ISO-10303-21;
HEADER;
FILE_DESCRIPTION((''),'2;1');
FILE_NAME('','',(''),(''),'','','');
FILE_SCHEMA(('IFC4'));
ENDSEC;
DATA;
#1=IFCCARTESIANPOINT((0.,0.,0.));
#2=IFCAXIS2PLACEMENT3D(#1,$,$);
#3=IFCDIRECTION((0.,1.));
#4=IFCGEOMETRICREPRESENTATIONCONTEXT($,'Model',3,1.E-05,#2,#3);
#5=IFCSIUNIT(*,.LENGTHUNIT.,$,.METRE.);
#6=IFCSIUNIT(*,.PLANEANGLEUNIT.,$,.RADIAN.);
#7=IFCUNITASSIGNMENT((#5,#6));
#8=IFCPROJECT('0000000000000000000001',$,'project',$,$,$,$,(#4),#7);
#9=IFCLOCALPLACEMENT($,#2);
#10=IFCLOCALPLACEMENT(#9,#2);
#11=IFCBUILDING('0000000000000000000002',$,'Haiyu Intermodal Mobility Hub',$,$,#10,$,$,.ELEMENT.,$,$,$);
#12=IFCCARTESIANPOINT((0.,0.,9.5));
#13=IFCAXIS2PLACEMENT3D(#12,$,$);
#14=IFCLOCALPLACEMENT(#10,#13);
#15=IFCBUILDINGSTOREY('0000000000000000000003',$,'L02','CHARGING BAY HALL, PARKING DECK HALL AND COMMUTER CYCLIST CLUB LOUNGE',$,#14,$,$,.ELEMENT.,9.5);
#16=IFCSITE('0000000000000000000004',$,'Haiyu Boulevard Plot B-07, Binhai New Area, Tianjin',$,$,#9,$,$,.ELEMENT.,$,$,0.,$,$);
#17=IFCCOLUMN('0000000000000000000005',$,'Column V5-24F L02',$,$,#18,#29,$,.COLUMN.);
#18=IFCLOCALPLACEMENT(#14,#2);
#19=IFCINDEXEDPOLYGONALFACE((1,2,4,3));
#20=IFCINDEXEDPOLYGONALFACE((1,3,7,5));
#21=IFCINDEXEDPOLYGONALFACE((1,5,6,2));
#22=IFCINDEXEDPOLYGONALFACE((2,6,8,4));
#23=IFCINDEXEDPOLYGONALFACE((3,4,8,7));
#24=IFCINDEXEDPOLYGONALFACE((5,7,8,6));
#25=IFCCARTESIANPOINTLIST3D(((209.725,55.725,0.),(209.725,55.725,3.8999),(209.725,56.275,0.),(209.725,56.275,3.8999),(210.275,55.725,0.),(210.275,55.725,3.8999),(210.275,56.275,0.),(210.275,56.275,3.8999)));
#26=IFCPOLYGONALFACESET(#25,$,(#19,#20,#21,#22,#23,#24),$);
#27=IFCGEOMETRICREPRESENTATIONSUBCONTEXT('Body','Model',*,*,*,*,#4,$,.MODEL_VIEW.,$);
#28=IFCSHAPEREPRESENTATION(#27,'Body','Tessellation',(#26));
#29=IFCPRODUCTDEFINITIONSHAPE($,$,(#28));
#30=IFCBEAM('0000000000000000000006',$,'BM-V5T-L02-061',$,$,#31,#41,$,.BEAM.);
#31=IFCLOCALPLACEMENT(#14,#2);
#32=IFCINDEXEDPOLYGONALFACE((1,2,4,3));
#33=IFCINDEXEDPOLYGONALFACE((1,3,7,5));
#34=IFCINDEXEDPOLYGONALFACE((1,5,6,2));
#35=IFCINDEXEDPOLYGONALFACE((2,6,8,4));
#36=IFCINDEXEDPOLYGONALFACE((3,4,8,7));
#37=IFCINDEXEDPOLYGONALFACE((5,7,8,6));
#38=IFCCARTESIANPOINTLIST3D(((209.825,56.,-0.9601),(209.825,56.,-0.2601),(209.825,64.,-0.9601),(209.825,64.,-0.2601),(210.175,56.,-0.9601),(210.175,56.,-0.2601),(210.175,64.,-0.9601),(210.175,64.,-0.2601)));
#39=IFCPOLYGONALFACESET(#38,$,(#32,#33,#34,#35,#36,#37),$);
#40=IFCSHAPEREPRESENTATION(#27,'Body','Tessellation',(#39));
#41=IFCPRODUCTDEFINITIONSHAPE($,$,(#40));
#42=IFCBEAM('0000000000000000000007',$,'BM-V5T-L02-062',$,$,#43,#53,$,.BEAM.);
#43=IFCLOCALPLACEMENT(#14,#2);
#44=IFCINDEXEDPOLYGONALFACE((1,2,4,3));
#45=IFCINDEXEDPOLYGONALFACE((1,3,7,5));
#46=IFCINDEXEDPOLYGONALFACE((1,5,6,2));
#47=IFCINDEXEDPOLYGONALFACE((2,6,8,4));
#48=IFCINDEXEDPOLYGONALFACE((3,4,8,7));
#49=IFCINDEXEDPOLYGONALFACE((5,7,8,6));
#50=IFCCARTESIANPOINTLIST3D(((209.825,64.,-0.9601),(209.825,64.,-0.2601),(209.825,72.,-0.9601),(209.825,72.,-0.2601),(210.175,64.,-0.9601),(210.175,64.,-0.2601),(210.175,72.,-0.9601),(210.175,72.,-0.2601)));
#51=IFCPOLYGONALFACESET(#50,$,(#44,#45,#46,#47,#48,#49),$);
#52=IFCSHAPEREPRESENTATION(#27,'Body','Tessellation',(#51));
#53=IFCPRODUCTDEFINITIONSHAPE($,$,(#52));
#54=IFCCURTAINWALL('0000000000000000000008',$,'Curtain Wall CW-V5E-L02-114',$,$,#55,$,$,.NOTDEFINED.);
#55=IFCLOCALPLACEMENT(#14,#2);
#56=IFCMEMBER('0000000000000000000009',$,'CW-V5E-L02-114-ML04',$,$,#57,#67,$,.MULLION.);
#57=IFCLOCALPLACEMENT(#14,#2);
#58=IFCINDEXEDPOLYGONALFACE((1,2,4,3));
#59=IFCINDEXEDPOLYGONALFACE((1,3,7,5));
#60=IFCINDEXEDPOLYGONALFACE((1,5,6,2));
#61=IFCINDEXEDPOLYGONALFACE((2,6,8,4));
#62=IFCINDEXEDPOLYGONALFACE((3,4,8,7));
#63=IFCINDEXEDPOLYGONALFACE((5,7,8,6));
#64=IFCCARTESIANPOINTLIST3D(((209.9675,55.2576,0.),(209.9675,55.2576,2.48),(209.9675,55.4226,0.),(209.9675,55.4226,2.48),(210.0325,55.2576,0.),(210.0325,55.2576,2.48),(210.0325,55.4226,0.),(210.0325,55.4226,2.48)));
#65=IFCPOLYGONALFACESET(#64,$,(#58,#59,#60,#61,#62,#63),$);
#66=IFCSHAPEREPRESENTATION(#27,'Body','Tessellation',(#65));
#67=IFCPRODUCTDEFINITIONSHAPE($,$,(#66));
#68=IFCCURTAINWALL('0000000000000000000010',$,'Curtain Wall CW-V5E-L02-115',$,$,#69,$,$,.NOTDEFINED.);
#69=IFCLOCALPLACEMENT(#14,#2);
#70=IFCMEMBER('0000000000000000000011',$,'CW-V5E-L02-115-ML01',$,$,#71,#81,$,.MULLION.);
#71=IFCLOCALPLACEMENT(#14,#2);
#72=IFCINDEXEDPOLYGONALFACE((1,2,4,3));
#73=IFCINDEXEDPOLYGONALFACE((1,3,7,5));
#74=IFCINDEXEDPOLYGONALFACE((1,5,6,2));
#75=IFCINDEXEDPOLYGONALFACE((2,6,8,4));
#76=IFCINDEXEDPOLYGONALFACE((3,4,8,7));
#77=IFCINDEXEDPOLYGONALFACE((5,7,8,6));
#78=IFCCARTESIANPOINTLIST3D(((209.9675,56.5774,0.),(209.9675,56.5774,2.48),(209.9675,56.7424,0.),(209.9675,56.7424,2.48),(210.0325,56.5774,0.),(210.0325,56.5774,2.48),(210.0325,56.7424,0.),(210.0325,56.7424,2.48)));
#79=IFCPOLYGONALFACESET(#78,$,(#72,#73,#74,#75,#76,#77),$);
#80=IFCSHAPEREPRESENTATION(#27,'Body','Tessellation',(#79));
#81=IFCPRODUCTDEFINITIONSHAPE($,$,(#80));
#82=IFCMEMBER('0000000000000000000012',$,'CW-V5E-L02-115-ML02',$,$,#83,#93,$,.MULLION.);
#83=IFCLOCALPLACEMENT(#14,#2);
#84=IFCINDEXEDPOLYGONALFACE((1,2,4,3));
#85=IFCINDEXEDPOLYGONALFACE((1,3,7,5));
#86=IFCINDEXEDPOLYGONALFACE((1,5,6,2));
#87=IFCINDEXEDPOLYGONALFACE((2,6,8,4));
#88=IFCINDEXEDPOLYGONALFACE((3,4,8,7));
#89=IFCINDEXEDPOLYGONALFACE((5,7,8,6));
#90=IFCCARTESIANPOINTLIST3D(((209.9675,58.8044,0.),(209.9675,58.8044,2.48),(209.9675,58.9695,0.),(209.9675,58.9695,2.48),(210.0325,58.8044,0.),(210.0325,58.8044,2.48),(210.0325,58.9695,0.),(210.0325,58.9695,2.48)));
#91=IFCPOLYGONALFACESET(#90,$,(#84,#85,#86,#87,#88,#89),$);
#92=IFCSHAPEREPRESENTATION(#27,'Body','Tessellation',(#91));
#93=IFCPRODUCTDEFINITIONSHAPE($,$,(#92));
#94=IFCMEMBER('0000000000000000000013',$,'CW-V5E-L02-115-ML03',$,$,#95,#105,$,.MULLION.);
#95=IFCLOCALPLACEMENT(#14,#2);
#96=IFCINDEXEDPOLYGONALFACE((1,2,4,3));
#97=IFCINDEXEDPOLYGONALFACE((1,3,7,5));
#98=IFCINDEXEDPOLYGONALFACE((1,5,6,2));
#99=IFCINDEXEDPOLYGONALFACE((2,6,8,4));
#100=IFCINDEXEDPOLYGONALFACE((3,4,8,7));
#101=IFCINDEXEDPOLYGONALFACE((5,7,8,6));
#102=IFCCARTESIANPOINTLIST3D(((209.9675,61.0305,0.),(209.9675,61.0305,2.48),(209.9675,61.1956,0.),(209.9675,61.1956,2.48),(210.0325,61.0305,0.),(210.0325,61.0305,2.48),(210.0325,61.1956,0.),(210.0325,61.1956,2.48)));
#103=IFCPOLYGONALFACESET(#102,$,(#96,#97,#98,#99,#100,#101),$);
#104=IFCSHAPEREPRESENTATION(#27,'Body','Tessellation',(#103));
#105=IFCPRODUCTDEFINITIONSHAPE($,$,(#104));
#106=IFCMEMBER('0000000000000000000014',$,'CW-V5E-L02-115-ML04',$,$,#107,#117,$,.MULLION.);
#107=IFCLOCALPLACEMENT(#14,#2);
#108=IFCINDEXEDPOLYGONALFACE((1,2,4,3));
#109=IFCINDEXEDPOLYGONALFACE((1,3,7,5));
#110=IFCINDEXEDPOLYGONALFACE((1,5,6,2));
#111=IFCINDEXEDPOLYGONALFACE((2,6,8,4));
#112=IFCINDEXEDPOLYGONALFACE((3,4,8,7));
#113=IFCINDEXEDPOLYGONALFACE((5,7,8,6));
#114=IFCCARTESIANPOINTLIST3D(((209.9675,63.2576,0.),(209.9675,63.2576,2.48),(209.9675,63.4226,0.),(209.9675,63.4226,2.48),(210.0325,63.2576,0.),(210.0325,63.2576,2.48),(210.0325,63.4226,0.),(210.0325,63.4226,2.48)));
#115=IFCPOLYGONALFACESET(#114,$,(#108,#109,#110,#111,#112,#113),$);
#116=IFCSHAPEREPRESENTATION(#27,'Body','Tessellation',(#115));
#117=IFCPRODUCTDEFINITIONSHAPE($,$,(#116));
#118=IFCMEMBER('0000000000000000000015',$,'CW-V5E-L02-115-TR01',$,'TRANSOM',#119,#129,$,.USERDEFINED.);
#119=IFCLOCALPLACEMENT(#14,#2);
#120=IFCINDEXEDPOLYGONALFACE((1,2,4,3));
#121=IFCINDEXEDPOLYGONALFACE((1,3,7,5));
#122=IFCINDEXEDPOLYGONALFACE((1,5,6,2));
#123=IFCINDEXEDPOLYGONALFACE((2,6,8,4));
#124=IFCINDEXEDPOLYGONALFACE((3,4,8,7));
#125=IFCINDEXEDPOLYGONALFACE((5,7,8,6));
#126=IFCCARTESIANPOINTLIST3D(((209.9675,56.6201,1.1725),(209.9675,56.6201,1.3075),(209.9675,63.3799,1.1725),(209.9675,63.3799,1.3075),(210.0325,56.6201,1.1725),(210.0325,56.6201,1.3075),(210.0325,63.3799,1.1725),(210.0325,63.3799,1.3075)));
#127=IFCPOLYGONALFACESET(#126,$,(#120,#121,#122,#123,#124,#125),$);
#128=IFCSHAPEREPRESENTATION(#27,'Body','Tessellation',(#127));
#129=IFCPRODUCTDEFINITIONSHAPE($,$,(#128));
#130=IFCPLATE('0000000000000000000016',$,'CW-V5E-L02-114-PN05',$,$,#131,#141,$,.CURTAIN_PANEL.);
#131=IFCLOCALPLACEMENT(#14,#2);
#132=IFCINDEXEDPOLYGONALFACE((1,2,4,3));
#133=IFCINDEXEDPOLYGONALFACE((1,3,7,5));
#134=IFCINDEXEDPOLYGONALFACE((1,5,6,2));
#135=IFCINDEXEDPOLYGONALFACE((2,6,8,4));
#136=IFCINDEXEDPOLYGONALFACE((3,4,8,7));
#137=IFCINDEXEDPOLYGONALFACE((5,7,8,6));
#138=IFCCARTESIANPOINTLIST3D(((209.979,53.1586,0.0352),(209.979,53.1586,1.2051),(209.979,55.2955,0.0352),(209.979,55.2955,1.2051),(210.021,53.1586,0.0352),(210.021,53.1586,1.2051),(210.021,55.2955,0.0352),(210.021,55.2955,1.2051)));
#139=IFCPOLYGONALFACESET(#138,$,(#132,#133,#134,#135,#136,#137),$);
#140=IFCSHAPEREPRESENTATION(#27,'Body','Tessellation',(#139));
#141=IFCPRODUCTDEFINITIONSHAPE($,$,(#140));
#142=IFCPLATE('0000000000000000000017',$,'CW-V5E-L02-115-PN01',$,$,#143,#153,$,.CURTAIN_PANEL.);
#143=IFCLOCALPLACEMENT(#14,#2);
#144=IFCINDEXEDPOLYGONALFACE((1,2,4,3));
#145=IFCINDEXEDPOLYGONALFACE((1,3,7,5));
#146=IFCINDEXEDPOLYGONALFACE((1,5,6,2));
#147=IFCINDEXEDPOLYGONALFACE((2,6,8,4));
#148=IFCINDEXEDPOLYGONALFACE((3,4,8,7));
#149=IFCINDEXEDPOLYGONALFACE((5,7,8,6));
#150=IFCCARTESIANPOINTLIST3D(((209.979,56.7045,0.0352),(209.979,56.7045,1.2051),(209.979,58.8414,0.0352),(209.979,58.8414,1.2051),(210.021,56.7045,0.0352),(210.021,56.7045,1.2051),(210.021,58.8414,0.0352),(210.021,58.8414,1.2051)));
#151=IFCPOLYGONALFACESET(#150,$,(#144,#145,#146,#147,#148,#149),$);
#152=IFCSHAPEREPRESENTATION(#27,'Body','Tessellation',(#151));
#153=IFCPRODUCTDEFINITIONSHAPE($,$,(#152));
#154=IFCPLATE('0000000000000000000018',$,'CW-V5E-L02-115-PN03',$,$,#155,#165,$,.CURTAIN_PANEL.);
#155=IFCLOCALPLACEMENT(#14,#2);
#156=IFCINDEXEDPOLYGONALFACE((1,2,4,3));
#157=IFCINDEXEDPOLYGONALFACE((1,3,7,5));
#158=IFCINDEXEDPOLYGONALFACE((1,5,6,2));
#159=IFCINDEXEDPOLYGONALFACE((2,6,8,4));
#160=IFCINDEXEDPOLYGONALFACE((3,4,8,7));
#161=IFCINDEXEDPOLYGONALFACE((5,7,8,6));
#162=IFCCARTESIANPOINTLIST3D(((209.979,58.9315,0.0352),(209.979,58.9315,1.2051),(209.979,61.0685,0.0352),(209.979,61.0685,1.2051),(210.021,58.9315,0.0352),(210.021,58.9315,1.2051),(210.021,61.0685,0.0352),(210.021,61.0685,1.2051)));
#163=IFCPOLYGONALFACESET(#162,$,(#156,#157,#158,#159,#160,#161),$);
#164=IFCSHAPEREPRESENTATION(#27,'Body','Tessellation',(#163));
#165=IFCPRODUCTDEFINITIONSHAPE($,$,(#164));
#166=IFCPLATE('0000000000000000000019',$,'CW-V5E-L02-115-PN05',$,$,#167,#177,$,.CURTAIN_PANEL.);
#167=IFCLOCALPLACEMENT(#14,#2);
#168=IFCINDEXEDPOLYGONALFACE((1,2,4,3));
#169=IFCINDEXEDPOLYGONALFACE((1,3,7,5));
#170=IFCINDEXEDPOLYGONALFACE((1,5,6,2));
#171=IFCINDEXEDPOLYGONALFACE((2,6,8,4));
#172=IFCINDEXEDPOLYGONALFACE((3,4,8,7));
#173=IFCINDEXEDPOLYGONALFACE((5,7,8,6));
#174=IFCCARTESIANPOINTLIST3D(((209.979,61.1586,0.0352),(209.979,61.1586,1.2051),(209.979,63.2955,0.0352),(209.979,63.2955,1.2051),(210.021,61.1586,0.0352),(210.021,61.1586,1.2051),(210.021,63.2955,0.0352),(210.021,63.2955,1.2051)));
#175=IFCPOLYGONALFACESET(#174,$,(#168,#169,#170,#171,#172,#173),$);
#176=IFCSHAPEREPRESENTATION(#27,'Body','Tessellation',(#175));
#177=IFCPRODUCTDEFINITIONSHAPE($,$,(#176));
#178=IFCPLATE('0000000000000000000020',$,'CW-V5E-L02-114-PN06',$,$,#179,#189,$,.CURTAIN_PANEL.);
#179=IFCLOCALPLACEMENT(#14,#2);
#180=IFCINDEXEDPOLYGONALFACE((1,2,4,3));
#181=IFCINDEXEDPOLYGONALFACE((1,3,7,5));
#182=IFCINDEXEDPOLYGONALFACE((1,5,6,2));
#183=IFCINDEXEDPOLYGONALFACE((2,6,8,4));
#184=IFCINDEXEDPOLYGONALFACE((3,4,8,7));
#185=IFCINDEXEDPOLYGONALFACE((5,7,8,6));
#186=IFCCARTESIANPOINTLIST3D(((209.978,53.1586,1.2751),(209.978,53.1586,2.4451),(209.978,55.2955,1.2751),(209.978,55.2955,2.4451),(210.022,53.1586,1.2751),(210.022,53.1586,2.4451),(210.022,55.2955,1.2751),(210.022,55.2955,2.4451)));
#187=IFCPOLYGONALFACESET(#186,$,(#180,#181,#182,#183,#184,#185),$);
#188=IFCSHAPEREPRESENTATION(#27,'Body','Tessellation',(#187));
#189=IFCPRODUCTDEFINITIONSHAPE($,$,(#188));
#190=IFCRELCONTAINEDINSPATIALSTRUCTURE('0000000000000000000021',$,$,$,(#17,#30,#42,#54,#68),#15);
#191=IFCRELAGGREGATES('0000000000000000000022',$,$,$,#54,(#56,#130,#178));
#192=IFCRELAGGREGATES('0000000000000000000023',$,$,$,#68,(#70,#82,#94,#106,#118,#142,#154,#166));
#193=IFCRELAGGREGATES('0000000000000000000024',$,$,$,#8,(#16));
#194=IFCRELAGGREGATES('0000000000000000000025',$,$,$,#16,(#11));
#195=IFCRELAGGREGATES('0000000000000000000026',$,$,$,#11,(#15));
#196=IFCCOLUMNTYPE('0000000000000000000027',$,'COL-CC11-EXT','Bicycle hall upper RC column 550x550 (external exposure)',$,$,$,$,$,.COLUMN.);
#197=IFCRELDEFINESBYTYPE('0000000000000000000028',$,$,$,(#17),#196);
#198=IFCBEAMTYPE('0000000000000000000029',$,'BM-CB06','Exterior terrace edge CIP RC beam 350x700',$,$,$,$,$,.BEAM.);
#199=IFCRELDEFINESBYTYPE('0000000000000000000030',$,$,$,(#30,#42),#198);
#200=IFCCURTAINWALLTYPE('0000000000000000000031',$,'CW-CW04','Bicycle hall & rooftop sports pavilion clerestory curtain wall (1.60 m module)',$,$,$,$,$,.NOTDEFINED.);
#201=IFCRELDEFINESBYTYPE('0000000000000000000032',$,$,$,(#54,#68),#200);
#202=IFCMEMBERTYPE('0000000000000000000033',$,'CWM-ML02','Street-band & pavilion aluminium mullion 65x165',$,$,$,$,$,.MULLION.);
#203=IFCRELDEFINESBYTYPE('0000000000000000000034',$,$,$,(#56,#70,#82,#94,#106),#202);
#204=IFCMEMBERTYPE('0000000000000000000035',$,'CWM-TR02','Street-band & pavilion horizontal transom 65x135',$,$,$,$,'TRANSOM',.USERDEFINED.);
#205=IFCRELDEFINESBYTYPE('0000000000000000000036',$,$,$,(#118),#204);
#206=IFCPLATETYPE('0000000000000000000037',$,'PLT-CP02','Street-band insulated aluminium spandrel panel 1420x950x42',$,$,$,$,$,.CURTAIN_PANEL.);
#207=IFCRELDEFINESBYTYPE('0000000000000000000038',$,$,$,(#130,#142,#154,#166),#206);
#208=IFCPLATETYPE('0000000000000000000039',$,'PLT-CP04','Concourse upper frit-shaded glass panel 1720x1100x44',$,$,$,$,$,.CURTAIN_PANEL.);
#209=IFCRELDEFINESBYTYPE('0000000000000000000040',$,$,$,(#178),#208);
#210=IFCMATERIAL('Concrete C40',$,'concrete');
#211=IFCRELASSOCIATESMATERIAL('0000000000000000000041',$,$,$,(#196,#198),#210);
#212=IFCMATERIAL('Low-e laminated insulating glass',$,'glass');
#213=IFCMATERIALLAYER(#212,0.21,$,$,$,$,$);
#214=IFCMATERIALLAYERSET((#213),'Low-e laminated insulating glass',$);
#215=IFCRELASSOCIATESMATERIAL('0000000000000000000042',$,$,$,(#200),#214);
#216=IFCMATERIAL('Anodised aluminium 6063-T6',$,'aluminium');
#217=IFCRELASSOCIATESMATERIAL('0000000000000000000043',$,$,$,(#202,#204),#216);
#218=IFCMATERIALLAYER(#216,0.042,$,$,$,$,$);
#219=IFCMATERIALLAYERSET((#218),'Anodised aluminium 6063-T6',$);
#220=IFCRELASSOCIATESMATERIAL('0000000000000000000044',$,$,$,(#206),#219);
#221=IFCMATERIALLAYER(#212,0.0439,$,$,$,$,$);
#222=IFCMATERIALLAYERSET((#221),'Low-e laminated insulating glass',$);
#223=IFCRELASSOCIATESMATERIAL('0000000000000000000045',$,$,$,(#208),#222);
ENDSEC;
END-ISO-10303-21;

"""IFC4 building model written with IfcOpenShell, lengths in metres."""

from ifc_helpers import new_model, si_unit, direction, frame, origin, origin_2d, place, context, subcontext, project, spatial, rectangle, extrude, material, layer, layer_set, material_profile, profile_set, type_object, element, aggregate, save


model = new_model("IFC4")

# Units and contexts
model_context = context("Model", 3, precision=1e-05, world=origin(), true_north=direction((0.0, 1.0)))
body_context = subcontext(model_context, "Body", "Model", "MODEL_VIEW")
ifc_project = project(units=[si_unit("LENGTHUNIT", "METRE"), si_unit("PLANEANGLEUNIT", "RADIAN")], contexts=[model_context])

# Site, building, storey
site_placement = place(None, origin())
site = spatial("IfcSite", under=ifc_project, at=site_placement, Name="Haiyu Boulevard Plot B-07, Binhai New Area, Tianjin", CompositionType="ELEMENT", RefElevation=0.0)
building_placement = place(site_placement, origin())
building = spatial("IfcBuilding", under=site, at=building_placement, Name="Haiyu Intermodal Mobility Hub", CompositionType="ELEMENT")
storey_placement = place(building_placement, frame((0.0, 0.0, 9.5)))
storey = spatial("IfcBuildingStorey", under=building, at=storey_placement, Name="L02", Description="CHARGING BAY HALL, PARKING DECK HALL AND COMMUTER CYCLIST CLUB LOUNGE", CompositionType="ELEMENT", Elevation=9.5)

# Column
ifc_material_1 = material(Name="Concrete C40", Category="concrete")
ifc_material_profile_1 = material_profile(ifc_material_1, rectangle(XDim=0.55, YDim=0.55, at=origin_2d()), Name="RC550x550")
ifc_profile_set_1 = profile_set([ifc_material_profile_1], Name="Concrete C40")
column_type = type_object("IfcColumnType", Name="COL-CC11-EXT", Description="Bicycle hall upper RC column 550x550 (external exposure)", PredefinedType="COLUMN", material=ifc_profile_set_1)
column_placement = place(storey_placement, frame((210.0, 56.0, 0.0), z_axis=(0.0, 0.0, 1.0), x_axis=(1.0, 0.0, 0.0)))
element("IfcColumn", 1, at=column_placement, inside=storey, type_object=column_type, Name="Column V5-24F L02", PredefinedType="COLUMN", context=body_context, shape_type="SweptSolid", body=[
    extrude(rectangle(XDim=0.55, YDim=0.55, at=origin_2d()), origin(), (0.0, 0.0, 1.0), 3.8999),
])

# Beams
ifc_material_profile_2 = material_profile(ifc_material_1, rectangle(XDim=0.3501, YDim=0.7, at=origin_2d()), Name="RCB350x700")
ifc_profile_set_2 = profile_set([ifc_material_profile_2], Name="Concrete C40")
beam_type = type_object("IfcBeamType", Name="BM-CB06", Description="Exterior terrace edge CIP RC beam 350x700", PredefinedType="BEAM", material=ifc_profile_set_2)
for number, where, z_axis, x_axis, name in (
    (2, (210.0, 56.0, -0.6101), (0.0, 1.0, 0.0), (-1.0, 0.0, 0.0), "BM-V5T-L02-061"),
    (3, (210.0, 64.0, -0.6101), (0.0, 1.0, 0.0), (-1.0, 0.0, 0.0), "BM-V5T-L02-062"),
):
    element("IfcBeam", number, at=place(storey_placement, frame(where, z_axis=z_axis, x_axis=x_axis)), inside=storey, type_object=beam_type, Name=name, PredefinedType="BEAM", context=body_context, shape_type="SweptSolid", body=[
        extrude(rectangle(XDim=0.3501, YDim=0.7, at=origin_2d()), origin(), (0.0, 0.0, 1.0), 8.0),
    ])

# Curtain wall, member
ifc_material_2 = material(Name="Low-e laminated insulating glass", Category="glass")
ifc_layer_1 = layer(ifc_material_2, 0.21)
ifc_layer_set_1 = layer_set([ifc_layer_1], Name="Low-e laminated insulating glass")
curtain_wall_type = type_object("IfcCurtainWallType", Name="CW-CW04", Description="Bicycle hall & rooftop sports pavilion clerestory curtain wall (1.60 m module)", PredefinedType="NOTDEFINED", material=ifc_layer_set_1)
curtain_wall_1_placement = place(storey_placement, origin())
curtain_wall_1 = element("IfcCurtainWall", 4, at=curtain_wall_1_placement, inside=storey, type_object=curtain_wall_type, Name="Curtain Wall CW-V5E-L02-114", PredefinedType="NOTDEFINED")
ifc_material_3 = material(Name="Anodised aluminium 6063-T6", Category="aluminium")
ifc_material_profile_3 = material_profile(ifc_material_3, rectangle(XDim=0.0649, YDim=0.165, at=origin_2d()), Name="ALU65x165")
ifc_profile_set_3 = profile_set([ifc_material_profile_3], Name="Anodised aluminium 6063-T6")
member_type_1 = type_object("IfcMemberType", Name="CWM-ML02", Description="Street-band & pavilion aluminium mullion 65x165", PredefinedType="MULLION", material=ifc_profile_set_3)
member_1_placement = place(storey_placement, frame((210.0, 55.3401, 0.0), z_axis=(0.0, 0.0, 1.0), x_axis=(1.0, 0.0, 0.0)))
member_1 = element("IfcMember", 5, at=member_1_placement, type_object=member_type_1, Name="CW-V5E-L02-114-ML04", PredefinedType="MULLION", context=body_context, shape_type="SweptSolid", body=[
    extrude(rectangle(XDim=0.0649, YDim=0.165, at=origin_2d()), origin(), (0.0, 0.0, 1.0), 2.48),
])

# Curtain wall, members
curtain_wall_2_placement = place(storey_placement, origin())
curtain_wall_2 = element("IfcCurtainWall", 6, at=curtain_wall_2_placement, inside=storey, type_object=curtain_wall_type, Name="Curtain Wall CW-V5E-L02-115", PredefinedType="NOTDEFINED")
member_2_placement = place(storey_placement, frame((210.0, 56.6599, 0.0), z_axis=(0.0, 0.0, 1.0), x_axis=(1.0, 0.0, 0.0)))
member_2 = element("IfcMember", 7, at=member_2_placement, type_object=member_type_1, Name="CW-V5E-L02-115-ML01", PredefinedType="MULLION", context=body_context, shape_type="SweptSolid", body=[
    extrude(rectangle(XDim=0.0649, YDim=0.165, at=origin_2d()), origin(), (0.0, 0.0, 1.0), 2.48),
])
member_3_placement = place(storey_placement, frame((210.0, 58.887, 0.0), z_axis=(0.0, 0.0, 1.0), x_axis=(1.0, 0.0, 0.0)))
member_3 = element("IfcMember", 8, at=member_3_placement, type_object=member_type_1, Name="CW-V5E-L02-115-ML02", PredefinedType="MULLION", context=body_context, shape_type="SweptSolid", body=[
    extrude(rectangle(XDim=0.0649, YDim=0.165, at=origin_2d()), origin(), (0.0, 0.0, 1.0), 2.48),
])
member_4_placement = place(storey_placement, frame((210.0, 61.113, 0.0), z_axis=(0.0, 0.0, 1.0), x_axis=(1.0, 0.0, 0.0)))
member_4 = element("IfcMember", 9, at=member_4_placement, type_object=member_type_1, Name="CW-V5E-L02-115-ML03", PredefinedType="MULLION", context=body_context, shape_type="SweptSolid", body=[
    extrude(rectangle(XDim=0.0649, YDim=0.165, at=origin_2d()), origin(), (0.0, 0.0, 1.0), 2.48),
])
member_5_placement = place(storey_placement, frame((210.0, 63.3401, 0.0), z_axis=(0.0, 0.0, 1.0), x_axis=(1.0, 0.0, 0.0)))
member_5 = element("IfcMember", 10, at=member_5_placement, type_object=member_type_1, Name="CW-V5E-L02-115-ML04", PredefinedType="MULLION", context=body_context, shape_type="SweptSolid", body=[
    extrude(rectangle(XDim=0.0649, YDim=0.165, at=origin_2d()), origin(), (0.0, 0.0, 1.0), 2.48),
])
ifc_material_profile_4 = material_profile(ifc_material_3, rectangle(XDim=0.0649, YDim=0.135, at=origin_2d()), Name="ALU65x135")
ifc_profile_set_4 = profile_set([ifc_material_profile_4], Name="Anodised aluminium 6063-T6")
member_type_2 = type_object("IfcMemberType", Name="CWM-TR02", Description="Street-band & pavilion horizontal transom 65x135", ElementType="TRANSOM", PredefinedType="USERDEFINED", material=ifc_profile_set_4)
member_6_placement = place(storey_placement, frame((210.0, 56.6201, 1.24), z_axis=(0.0, 1.0, 0.0), x_axis=(-1.0, 0.0, 0.0)))
member_6 = element("IfcMember", 11, at=member_6_placement, type_object=member_type_2, Name="CW-V5E-L02-115-TR01", ObjectType="TRANSOM", PredefinedType="USERDEFINED", context=body_context, shape_type="SweptSolid", body=[
    extrude(rectangle(XDim=0.0649, YDim=0.135, at=origin_2d()), origin(), (0.0, 0.0, 1.0), 6.7598),
])

# Plates
ifc_layer_2 = layer(ifc_material_3, 0.042)
ifc_layer_set_2 = layer_set([ifc_layer_2], Name="Anodised aluminium 6063-T6")
plate_type_1 = type_object("IfcPlateType", Name="PLT-CP02", Description="Street-band insulated aluminium spandrel panel 1420x950x42", PredefinedType="CURTAIN_PANEL", material=ifc_layer_set_2)
plate_1_placement = place(storey_placement, frame((210.0, 54.2271, 0.0352), z_axis=(0.0, 0.0, 1.0), x_axis=(0.0, 1.0, 0.0)))
plate_1 = element("IfcPlate", 12, at=plate_1_placement, type_object=plate_type_1, Name="CW-V5E-L02-114-PN05", PredefinedType="CURTAIN_PANEL", context=body_context, shape_type="SweptSolid", body=[
    extrude(rectangle(XDim=2.137, YDim=0.042, at=origin_2d()), origin(), (0.0, 0.0, 1.0), 1.1699),
])
plate_2_placement = place(storey_placement, frame((210.0, 57.7729, 0.0352), z_axis=(0.0, 0.0, 1.0), x_axis=(0.0, 1.0, 0.0)))
plate_2 = element("IfcPlate", 13, at=plate_2_placement, type_object=plate_type_1, Name="CW-V5E-L02-115-PN01", PredefinedType="CURTAIN_PANEL", context=body_context, shape_type="SweptSolid", body=[
    extrude(rectangle(XDim=2.137, YDim=0.042, at=origin_2d()), origin(), (0.0, 0.0, 1.0), 1.1699),
])
plate_3_placement = place(storey_placement, frame((210.0, 60.0, 0.0352), z_axis=(0.0, 0.0, 1.0), x_axis=(0.0, 1.0, 0.0)))
plate_3 = element("IfcPlate", 14, at=plate_3_placement, type_object=plate_type_1, Name="CW-V5E-L02-115-PN03", PredefinedType="CURTAIN_PANEL", context=body_context, shape_type="SweptSolid", body=[
    extrude(rectangle(XDim=2.137, YDim=0.042, at=origin_2d()), origin(), (0.0, 0.0, 1.0), 1.1699),
])
plate_4_placement = place(storey_placement, frame((210.0, 62.2271, 0.0352), z_axis=(0.0, 0.0, 1.0), x_axis=(0.0, 1.0, 0.0)))
plate_4 = element("IfcPlate", 15, at=plate_4_placement, type_object=plate_type_1, Name="CW-V5E-L02-115-PN05", PredefinedType="CURTAIN_PANEL", context=body_context, shape_type="SweptSolid", body=[
    extrude(rectangle(XDim=2.137, YDim=0.042, at=origin_2d()), origin(), (0.0, 0.0, 1.0), 1.1699),
])
ifc_layer_3 = layer(ifc_material_2, 0.0439)
ifc_layer_set_3 = layer_set([ifc_layer_3], Name="Low-e laminated insulating glass")
plate_type_2 = type_object("IfcPlateType", Name="PLT-CP04", Description="Concourse upper frit-shaded glass panel 1720x1100x44", PredefinedType="CURTAIN_PANEL", material=ifc_layer_set_3)
plate_5_placement = place(storey_placement, frame((210.0, 54.2271, 1.2751), z_axis=(0.0, 0.0, 1.0), x_axis=(0.0, 1.0, 0.0)))
plate_5 = element("IfcPlate", 16, at=plate_5_placement, type_object=plate_type_2, Name="CW-V5E-L02-114-PN06", PredefinedType="CURTAIN_PANEL", context=body_context, shape_type="SweptSolid", body=[
    extrude(rectangle(XDim=2.137, YDim=0.0439, at=origin_2d()), origin(), (0.0, 0.0, 1.0), 1.1699),
])
aggregate(curtain_wall_1, [member_1, plate_1, plate_5])
aggregate(curtain_wall_2, [member_2, member_3, member_4, member_5, member_6, plate_2, plate_3, plate_4])

save(model, "model.ifc")
